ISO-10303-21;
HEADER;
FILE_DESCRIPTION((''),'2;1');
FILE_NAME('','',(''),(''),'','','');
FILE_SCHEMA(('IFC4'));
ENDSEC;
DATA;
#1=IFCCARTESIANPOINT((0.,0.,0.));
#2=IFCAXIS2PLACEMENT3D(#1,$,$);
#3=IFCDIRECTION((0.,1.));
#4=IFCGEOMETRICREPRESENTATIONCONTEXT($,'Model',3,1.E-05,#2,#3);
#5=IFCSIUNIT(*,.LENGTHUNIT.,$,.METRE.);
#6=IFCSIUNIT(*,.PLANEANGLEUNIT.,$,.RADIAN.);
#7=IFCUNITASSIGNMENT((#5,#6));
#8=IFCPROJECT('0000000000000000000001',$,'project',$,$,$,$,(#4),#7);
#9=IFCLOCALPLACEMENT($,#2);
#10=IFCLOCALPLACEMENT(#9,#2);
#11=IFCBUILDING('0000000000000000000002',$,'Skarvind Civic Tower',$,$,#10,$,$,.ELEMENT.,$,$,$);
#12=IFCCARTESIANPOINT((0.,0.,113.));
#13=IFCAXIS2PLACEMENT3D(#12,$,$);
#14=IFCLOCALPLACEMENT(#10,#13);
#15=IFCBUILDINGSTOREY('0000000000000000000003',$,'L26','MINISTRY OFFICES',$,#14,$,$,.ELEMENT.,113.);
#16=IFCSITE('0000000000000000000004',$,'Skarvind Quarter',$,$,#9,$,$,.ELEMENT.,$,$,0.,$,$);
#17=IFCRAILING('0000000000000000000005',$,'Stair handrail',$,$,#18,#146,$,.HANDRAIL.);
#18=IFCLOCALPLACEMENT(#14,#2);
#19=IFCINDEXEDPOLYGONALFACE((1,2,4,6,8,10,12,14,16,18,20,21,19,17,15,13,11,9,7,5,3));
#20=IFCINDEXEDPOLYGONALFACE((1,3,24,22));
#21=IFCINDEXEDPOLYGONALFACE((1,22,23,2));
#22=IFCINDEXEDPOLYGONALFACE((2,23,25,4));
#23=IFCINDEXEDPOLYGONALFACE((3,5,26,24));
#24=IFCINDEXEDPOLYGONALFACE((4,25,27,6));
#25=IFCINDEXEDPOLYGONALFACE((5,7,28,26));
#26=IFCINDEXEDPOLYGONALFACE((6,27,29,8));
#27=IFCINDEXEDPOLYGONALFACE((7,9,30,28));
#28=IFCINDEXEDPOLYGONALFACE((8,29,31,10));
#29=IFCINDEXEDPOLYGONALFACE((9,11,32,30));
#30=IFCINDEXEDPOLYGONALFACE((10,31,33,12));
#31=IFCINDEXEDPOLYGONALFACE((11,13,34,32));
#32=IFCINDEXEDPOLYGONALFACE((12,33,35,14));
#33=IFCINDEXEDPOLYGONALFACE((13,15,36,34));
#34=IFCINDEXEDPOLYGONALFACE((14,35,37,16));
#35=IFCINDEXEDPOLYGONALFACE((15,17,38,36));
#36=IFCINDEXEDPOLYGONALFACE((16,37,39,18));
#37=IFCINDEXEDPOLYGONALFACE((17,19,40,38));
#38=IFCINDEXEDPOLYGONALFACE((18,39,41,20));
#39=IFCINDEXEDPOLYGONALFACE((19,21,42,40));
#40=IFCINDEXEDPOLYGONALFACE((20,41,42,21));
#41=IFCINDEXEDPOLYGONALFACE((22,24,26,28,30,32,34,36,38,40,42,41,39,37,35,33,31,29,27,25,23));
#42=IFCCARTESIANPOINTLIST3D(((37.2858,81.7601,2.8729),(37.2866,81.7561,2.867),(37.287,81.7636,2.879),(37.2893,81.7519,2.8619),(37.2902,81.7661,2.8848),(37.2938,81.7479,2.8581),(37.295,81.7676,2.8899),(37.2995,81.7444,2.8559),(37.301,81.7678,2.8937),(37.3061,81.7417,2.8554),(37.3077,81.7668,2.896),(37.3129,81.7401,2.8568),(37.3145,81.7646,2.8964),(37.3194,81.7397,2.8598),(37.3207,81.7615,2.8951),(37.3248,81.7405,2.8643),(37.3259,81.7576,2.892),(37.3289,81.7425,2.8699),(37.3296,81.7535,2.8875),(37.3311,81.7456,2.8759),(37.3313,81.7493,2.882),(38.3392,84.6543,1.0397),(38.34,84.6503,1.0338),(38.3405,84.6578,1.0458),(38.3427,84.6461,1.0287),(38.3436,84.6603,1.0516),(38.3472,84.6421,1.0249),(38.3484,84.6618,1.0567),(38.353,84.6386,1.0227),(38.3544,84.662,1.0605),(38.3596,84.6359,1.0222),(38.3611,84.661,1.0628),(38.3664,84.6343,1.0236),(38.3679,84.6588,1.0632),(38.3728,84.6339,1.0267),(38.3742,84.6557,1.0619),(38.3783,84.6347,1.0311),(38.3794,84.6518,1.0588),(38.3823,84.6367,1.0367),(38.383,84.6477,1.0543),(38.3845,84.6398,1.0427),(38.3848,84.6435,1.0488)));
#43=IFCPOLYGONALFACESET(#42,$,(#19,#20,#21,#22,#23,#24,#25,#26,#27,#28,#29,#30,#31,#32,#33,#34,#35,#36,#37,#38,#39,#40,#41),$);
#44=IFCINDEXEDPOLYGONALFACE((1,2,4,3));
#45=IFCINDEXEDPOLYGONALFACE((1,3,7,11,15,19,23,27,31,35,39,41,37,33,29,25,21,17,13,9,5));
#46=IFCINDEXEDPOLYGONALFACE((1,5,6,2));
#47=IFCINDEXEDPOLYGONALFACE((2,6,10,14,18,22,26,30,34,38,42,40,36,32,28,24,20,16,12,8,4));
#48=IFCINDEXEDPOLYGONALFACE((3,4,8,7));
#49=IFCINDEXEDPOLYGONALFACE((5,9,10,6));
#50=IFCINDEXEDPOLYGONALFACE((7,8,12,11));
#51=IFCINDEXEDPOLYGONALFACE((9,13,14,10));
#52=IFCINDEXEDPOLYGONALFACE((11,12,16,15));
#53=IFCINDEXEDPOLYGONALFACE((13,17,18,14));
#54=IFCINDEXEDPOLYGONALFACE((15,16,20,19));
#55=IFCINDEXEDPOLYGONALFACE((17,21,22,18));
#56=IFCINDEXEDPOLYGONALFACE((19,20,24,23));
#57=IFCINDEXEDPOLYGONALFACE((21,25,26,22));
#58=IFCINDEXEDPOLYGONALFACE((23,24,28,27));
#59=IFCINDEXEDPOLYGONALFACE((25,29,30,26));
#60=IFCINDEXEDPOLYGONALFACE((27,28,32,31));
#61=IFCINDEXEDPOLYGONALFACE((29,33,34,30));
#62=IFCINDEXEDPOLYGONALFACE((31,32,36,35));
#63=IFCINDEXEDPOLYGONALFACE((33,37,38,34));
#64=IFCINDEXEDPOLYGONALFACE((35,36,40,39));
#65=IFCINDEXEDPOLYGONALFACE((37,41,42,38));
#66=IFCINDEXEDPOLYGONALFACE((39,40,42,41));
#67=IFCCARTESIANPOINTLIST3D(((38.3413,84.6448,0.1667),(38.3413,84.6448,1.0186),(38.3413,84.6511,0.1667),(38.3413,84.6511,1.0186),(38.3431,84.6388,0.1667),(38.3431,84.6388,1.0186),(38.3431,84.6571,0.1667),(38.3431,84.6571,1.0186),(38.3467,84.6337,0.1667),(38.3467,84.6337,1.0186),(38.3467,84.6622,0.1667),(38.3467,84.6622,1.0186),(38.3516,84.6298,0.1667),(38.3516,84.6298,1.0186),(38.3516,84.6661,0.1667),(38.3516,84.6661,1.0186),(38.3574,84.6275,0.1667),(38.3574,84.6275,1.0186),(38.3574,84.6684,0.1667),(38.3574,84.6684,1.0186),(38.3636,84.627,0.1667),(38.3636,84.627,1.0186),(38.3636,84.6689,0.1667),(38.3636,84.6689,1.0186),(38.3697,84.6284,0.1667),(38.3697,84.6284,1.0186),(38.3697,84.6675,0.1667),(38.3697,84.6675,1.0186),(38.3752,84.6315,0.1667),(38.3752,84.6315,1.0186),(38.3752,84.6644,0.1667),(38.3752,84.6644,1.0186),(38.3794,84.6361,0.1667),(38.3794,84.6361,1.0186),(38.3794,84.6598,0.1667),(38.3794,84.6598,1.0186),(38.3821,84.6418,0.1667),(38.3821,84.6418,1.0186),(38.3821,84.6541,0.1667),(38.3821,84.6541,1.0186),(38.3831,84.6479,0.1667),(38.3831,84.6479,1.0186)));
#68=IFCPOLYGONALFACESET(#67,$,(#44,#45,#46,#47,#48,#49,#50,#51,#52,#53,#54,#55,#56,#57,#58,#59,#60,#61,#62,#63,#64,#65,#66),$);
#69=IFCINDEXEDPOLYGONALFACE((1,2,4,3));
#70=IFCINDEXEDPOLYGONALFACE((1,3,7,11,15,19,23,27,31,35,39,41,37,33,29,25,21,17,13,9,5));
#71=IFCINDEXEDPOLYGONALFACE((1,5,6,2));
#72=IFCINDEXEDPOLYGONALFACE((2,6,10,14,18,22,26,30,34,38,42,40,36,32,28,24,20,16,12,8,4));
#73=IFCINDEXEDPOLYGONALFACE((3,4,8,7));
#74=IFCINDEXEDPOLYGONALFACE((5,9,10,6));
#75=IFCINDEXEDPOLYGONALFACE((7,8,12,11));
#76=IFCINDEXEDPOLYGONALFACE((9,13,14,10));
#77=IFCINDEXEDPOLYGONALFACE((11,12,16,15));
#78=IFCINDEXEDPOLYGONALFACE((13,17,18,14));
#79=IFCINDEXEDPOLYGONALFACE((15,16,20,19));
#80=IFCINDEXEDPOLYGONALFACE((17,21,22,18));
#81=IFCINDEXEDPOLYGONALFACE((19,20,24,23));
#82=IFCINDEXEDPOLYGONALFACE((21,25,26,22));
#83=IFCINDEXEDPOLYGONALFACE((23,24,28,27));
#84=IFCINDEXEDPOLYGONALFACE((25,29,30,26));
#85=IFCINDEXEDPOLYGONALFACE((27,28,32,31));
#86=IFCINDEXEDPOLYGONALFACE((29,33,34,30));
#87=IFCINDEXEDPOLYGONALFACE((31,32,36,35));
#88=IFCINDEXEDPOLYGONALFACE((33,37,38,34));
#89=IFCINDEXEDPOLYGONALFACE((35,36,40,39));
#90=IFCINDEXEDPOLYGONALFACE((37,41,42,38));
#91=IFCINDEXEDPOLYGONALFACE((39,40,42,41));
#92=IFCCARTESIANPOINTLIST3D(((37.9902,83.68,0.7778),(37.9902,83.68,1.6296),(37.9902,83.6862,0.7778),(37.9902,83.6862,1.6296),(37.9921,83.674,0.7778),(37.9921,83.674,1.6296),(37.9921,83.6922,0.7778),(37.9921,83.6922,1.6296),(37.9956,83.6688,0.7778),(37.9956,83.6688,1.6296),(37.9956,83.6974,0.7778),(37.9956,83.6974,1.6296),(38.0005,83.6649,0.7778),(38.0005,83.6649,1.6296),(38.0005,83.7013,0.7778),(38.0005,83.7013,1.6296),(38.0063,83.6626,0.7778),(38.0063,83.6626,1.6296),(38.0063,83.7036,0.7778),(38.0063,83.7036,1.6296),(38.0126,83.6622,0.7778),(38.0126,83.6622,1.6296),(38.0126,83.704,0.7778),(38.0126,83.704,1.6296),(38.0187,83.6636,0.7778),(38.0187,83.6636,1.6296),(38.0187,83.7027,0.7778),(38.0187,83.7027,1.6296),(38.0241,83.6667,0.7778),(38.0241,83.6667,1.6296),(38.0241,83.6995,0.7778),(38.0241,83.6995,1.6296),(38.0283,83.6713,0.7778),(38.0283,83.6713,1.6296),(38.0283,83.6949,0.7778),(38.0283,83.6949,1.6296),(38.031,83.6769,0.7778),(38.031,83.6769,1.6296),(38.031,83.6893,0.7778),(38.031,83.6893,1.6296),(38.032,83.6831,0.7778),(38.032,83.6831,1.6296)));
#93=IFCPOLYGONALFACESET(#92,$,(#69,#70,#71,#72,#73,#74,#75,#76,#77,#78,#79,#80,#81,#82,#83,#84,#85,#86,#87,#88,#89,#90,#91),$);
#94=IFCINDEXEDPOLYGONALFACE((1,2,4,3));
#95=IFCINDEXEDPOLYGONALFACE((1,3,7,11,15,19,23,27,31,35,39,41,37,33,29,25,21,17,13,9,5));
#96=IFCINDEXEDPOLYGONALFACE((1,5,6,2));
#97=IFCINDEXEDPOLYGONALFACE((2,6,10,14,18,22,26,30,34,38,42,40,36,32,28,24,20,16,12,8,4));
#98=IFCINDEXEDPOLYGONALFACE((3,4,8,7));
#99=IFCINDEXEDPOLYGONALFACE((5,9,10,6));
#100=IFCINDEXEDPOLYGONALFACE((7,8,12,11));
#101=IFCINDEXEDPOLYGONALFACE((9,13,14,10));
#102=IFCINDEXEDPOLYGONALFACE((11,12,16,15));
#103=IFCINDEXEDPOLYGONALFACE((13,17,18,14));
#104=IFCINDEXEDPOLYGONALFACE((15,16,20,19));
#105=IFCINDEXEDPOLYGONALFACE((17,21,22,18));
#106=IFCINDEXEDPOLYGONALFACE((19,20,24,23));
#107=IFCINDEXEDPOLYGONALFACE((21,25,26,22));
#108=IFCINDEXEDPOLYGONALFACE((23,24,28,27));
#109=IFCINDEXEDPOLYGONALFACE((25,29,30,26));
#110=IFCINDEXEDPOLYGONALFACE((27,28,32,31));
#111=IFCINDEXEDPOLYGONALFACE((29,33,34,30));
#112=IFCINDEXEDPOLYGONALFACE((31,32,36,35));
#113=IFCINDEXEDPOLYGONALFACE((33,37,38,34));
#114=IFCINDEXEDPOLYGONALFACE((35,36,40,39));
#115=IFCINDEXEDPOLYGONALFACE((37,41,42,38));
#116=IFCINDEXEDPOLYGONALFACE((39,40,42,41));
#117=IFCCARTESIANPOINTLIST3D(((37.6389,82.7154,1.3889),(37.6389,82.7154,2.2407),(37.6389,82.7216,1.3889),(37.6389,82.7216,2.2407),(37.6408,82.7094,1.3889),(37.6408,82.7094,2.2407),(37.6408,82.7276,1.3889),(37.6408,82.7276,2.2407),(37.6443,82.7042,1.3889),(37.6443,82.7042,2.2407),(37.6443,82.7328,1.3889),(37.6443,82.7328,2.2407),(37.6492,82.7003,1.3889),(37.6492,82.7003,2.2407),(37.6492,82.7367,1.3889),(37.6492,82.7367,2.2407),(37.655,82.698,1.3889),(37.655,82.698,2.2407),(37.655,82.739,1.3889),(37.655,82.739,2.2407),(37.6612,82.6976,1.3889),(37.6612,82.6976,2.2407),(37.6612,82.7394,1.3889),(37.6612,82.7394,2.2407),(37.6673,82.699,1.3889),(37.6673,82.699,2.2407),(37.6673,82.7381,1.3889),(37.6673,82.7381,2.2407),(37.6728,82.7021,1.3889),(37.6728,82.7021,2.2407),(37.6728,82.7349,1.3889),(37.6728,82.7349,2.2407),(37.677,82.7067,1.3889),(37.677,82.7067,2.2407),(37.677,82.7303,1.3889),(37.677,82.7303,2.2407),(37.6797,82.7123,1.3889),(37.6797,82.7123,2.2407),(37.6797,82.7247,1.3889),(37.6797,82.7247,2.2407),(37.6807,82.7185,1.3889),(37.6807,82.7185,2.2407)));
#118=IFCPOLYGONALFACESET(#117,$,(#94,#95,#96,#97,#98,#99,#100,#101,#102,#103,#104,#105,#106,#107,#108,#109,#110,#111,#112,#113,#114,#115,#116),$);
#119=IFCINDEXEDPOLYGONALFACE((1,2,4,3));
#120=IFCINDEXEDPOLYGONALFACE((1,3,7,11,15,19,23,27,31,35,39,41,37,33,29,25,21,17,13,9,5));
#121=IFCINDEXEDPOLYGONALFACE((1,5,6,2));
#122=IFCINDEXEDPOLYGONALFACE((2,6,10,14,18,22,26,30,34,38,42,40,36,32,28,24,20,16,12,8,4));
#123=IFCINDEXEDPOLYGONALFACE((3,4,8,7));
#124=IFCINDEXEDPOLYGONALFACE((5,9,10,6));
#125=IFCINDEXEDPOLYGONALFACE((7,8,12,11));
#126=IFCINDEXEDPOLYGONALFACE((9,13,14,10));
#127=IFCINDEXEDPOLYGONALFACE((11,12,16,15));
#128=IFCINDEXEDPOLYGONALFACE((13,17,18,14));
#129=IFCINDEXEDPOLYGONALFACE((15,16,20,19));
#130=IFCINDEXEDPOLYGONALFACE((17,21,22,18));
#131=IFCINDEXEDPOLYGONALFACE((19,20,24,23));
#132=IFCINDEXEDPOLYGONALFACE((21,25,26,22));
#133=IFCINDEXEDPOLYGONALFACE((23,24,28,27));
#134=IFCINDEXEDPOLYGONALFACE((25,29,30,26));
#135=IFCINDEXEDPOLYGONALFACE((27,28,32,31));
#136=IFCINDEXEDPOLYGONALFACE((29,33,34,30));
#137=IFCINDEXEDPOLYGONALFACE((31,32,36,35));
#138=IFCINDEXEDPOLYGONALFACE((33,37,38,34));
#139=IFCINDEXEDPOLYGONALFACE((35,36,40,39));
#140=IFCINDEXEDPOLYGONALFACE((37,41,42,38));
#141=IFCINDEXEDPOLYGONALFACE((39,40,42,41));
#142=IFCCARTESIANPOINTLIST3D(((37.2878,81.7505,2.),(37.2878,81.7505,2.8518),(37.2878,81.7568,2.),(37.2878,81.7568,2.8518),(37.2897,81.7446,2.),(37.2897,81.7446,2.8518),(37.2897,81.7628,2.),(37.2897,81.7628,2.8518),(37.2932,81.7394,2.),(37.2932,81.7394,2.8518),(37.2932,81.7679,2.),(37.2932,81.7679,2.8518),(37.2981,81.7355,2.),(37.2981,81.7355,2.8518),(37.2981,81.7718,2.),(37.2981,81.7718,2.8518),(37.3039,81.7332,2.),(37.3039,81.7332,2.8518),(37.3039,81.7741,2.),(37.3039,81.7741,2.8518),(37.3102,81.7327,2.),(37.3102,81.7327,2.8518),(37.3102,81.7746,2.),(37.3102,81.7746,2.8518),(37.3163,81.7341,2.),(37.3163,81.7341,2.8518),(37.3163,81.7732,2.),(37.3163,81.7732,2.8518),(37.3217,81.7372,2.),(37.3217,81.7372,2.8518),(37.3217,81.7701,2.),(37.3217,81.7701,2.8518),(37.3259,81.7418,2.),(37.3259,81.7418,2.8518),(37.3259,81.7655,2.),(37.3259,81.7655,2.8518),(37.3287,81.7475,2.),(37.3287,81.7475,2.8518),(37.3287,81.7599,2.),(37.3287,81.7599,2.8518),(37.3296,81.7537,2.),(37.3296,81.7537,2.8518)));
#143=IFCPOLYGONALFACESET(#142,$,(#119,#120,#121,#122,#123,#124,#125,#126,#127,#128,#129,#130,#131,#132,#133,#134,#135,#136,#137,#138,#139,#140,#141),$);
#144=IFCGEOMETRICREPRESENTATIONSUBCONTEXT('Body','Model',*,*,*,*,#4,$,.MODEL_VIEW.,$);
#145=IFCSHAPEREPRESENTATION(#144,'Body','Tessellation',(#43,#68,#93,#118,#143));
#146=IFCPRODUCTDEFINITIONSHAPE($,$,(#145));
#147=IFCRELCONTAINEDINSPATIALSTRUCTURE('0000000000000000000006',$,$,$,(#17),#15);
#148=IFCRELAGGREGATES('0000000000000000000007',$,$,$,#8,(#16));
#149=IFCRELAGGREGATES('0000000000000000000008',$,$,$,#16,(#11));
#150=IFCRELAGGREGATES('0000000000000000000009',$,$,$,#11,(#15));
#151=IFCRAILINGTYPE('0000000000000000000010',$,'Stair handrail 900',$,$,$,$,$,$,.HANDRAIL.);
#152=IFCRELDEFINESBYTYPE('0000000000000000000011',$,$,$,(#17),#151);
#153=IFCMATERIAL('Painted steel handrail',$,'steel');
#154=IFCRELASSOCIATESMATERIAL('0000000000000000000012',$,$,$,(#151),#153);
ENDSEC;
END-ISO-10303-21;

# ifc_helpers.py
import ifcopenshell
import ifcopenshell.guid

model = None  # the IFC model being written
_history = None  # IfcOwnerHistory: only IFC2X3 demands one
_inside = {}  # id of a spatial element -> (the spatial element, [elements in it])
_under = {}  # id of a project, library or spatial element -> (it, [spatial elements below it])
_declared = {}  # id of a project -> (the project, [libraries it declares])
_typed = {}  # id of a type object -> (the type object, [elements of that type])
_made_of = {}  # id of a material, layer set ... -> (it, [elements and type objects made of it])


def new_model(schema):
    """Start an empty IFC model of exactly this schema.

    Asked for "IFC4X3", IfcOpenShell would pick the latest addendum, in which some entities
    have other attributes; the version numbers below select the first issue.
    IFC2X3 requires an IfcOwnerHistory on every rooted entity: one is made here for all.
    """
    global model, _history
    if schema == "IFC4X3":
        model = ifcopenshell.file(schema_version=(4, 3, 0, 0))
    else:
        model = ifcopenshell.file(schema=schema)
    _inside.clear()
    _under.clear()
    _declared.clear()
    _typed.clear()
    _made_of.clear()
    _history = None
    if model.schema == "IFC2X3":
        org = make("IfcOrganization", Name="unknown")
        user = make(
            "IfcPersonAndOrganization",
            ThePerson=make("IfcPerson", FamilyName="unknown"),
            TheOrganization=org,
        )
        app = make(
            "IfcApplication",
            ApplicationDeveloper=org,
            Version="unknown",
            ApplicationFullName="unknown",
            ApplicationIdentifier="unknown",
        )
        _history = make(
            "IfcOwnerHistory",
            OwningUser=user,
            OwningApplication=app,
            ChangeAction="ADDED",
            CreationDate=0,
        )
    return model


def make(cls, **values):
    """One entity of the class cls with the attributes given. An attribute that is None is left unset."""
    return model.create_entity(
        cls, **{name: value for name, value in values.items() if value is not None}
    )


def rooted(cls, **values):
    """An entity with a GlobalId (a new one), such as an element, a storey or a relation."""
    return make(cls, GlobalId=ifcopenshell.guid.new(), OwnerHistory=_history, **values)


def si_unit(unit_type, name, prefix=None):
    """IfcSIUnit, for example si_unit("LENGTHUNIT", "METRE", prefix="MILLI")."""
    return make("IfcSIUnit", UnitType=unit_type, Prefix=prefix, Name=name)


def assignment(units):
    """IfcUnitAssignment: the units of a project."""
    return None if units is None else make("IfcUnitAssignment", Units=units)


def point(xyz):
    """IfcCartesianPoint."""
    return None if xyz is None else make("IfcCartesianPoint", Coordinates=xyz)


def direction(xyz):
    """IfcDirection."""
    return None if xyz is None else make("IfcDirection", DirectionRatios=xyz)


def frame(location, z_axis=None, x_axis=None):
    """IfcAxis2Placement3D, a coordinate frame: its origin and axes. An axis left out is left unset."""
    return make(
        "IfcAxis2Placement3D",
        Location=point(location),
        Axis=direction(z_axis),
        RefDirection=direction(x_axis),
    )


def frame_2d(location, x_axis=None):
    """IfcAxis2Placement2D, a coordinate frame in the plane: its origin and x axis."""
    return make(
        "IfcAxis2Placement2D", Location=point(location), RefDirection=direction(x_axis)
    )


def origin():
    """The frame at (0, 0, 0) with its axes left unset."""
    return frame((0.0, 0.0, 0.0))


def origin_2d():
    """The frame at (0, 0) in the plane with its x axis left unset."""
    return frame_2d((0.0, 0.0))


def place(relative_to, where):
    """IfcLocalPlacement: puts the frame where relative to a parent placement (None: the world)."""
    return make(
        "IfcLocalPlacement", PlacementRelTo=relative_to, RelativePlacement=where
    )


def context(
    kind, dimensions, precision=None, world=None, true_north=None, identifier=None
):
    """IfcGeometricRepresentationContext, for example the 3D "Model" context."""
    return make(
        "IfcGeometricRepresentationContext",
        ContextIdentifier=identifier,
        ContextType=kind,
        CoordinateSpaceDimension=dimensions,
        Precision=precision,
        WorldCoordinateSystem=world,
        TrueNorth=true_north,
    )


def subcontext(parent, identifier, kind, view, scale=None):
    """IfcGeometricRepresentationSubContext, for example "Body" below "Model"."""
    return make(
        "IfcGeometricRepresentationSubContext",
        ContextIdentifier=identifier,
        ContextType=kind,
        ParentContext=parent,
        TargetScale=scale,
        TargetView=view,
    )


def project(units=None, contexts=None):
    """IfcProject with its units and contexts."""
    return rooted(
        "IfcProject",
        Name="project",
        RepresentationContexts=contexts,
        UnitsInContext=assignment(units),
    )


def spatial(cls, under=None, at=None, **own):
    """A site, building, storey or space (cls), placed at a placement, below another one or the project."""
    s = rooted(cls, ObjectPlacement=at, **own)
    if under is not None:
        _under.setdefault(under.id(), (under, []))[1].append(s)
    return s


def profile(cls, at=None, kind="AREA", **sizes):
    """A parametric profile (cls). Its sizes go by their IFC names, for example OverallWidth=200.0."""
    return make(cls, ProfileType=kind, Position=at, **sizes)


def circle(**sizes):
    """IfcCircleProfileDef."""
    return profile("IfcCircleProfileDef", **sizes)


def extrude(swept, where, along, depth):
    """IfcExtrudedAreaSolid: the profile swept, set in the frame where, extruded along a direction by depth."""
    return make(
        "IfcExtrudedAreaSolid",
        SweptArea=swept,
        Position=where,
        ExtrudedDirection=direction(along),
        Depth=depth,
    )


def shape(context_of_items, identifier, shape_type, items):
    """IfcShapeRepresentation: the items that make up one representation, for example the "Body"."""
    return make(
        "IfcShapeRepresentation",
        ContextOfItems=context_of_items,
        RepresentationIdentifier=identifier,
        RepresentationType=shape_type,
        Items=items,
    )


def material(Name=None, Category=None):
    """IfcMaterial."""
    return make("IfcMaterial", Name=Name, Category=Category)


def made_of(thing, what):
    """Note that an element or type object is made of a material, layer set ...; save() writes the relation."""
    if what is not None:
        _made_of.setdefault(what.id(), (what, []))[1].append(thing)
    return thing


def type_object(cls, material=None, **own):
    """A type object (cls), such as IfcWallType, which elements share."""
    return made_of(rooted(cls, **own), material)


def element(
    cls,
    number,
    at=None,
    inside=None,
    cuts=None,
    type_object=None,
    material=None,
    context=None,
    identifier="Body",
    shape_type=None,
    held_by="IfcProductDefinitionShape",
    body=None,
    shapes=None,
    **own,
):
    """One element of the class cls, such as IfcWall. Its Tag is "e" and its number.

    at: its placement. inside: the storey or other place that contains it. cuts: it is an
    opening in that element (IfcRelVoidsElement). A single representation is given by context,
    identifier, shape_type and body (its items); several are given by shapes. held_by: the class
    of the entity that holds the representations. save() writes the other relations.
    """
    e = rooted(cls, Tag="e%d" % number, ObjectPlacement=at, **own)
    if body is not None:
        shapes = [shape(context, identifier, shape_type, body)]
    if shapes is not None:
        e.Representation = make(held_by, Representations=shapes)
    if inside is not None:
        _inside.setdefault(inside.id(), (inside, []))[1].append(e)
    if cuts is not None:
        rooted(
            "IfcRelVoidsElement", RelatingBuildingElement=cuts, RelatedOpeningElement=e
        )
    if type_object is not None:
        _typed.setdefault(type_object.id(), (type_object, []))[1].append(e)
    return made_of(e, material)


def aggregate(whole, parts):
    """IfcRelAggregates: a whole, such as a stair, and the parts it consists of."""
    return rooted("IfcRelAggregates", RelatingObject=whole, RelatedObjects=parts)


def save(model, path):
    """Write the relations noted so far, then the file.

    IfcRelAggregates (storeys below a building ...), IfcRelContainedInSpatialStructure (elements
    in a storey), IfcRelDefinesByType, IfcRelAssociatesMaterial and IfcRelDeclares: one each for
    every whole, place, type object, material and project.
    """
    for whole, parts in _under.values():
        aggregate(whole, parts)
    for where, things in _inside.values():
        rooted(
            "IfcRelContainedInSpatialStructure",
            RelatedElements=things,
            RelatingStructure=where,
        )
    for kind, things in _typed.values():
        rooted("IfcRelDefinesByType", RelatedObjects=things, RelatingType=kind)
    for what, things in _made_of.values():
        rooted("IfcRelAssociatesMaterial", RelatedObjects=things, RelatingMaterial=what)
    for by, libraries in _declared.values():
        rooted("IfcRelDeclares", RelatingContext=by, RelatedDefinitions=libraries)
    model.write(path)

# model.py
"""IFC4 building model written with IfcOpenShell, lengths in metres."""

from ifc_helpers import new_model, si_unit, direction, frame, origin, origin_2d, place, context, subcontext, project, spatial, circle, extrude, material, type_object, element, save


model = new_model("IFC4")

# Units and contexts
model_context = context("Model", 3, precision=1e-05, world=origin(), true_north=direction((0.0, 1.0)))
body_context = subcontext(model_context, "Body", "Model", "MODEL_VIEW")
ifc_project = project(units=[si_unit("LENGTHUNIT", "METRE"), si_unit("PLANEANGLEUNIT", "RADIAN")], contexts=[model_context])

# Site, building, storey
site_placement = place(None, origin())
site = spatial("IfcSite", under=ifc_project, at=site_placement, Name="Skarvind Quarter", CompositionType="ELEMENT", RefElevation=0.0)
building_placement = place(site_placement, origin())
building = spatial("IfcBuilding", under=site, at=building_placement, Name="Skarvind Civic Tower", CompositionType="ELEMENT")
storey_placement = place(building_placement, frame((0.0, 0.0, 113.0)))
storey = spatial("IfcBuildingStorey", under=building, at=storey_placement, Name="L26", Description="MINISTRY OFFICES", CompositionType="ELEMENT", Elevation=113.0)

# Railing
ifc_material_1 = material(Name="Painted steel handrail", Category="steel")
railing_type = type_object("IfcRailingType", Name="Stair handrail 900", PredefinedType="HANDRAIL", material=ifc_material_1)
railing_1_placement = place(storey_placement, frame((38.3621, 84.6479, 0.1667)))
element("IfcRailing", 1, at=railing_1_placement, inside=storey, type_object=railing_type, Name="Stair handrail", PredefinedType="HANDRAIL", context=body_context, shape_type="SweptSolid", body=[
    extrude(circle(Radius=0.0239, at=origin_2d()), frame((0.0, 0.0, 0.876), z_axis=(-0.293908, -0.807481, 0.511461), x_axis=(0.939689, -0.342029, 0.0)), (0.0, 0.0, 1.0), 3.5842),
    extrude(circle(Radius=0.021, at=origin_2d()), origin(), (0.0, 0.0, 1.0), 0.8518),
    extrude(circle(Radius=0.021, at=origin_2d()), frame((-0.3511, -0.9648, 0.6111)), (0.0, 0.0, 1.0), 0.8518),
    extrude(circle(Radius=0.021, at=origin_2d()), frame((-0.7024, -1.9294, 1.2222)), (0.0, 0.0, 1.0), 0.8518),
    extrude(circle(Radius=0.021, at=origin_2d()), frame((-1.0535, -2.8943, 1.8333)), (0.0, 0.0, 1.0), 0.8518),
])

save(model, "model.ifc")
